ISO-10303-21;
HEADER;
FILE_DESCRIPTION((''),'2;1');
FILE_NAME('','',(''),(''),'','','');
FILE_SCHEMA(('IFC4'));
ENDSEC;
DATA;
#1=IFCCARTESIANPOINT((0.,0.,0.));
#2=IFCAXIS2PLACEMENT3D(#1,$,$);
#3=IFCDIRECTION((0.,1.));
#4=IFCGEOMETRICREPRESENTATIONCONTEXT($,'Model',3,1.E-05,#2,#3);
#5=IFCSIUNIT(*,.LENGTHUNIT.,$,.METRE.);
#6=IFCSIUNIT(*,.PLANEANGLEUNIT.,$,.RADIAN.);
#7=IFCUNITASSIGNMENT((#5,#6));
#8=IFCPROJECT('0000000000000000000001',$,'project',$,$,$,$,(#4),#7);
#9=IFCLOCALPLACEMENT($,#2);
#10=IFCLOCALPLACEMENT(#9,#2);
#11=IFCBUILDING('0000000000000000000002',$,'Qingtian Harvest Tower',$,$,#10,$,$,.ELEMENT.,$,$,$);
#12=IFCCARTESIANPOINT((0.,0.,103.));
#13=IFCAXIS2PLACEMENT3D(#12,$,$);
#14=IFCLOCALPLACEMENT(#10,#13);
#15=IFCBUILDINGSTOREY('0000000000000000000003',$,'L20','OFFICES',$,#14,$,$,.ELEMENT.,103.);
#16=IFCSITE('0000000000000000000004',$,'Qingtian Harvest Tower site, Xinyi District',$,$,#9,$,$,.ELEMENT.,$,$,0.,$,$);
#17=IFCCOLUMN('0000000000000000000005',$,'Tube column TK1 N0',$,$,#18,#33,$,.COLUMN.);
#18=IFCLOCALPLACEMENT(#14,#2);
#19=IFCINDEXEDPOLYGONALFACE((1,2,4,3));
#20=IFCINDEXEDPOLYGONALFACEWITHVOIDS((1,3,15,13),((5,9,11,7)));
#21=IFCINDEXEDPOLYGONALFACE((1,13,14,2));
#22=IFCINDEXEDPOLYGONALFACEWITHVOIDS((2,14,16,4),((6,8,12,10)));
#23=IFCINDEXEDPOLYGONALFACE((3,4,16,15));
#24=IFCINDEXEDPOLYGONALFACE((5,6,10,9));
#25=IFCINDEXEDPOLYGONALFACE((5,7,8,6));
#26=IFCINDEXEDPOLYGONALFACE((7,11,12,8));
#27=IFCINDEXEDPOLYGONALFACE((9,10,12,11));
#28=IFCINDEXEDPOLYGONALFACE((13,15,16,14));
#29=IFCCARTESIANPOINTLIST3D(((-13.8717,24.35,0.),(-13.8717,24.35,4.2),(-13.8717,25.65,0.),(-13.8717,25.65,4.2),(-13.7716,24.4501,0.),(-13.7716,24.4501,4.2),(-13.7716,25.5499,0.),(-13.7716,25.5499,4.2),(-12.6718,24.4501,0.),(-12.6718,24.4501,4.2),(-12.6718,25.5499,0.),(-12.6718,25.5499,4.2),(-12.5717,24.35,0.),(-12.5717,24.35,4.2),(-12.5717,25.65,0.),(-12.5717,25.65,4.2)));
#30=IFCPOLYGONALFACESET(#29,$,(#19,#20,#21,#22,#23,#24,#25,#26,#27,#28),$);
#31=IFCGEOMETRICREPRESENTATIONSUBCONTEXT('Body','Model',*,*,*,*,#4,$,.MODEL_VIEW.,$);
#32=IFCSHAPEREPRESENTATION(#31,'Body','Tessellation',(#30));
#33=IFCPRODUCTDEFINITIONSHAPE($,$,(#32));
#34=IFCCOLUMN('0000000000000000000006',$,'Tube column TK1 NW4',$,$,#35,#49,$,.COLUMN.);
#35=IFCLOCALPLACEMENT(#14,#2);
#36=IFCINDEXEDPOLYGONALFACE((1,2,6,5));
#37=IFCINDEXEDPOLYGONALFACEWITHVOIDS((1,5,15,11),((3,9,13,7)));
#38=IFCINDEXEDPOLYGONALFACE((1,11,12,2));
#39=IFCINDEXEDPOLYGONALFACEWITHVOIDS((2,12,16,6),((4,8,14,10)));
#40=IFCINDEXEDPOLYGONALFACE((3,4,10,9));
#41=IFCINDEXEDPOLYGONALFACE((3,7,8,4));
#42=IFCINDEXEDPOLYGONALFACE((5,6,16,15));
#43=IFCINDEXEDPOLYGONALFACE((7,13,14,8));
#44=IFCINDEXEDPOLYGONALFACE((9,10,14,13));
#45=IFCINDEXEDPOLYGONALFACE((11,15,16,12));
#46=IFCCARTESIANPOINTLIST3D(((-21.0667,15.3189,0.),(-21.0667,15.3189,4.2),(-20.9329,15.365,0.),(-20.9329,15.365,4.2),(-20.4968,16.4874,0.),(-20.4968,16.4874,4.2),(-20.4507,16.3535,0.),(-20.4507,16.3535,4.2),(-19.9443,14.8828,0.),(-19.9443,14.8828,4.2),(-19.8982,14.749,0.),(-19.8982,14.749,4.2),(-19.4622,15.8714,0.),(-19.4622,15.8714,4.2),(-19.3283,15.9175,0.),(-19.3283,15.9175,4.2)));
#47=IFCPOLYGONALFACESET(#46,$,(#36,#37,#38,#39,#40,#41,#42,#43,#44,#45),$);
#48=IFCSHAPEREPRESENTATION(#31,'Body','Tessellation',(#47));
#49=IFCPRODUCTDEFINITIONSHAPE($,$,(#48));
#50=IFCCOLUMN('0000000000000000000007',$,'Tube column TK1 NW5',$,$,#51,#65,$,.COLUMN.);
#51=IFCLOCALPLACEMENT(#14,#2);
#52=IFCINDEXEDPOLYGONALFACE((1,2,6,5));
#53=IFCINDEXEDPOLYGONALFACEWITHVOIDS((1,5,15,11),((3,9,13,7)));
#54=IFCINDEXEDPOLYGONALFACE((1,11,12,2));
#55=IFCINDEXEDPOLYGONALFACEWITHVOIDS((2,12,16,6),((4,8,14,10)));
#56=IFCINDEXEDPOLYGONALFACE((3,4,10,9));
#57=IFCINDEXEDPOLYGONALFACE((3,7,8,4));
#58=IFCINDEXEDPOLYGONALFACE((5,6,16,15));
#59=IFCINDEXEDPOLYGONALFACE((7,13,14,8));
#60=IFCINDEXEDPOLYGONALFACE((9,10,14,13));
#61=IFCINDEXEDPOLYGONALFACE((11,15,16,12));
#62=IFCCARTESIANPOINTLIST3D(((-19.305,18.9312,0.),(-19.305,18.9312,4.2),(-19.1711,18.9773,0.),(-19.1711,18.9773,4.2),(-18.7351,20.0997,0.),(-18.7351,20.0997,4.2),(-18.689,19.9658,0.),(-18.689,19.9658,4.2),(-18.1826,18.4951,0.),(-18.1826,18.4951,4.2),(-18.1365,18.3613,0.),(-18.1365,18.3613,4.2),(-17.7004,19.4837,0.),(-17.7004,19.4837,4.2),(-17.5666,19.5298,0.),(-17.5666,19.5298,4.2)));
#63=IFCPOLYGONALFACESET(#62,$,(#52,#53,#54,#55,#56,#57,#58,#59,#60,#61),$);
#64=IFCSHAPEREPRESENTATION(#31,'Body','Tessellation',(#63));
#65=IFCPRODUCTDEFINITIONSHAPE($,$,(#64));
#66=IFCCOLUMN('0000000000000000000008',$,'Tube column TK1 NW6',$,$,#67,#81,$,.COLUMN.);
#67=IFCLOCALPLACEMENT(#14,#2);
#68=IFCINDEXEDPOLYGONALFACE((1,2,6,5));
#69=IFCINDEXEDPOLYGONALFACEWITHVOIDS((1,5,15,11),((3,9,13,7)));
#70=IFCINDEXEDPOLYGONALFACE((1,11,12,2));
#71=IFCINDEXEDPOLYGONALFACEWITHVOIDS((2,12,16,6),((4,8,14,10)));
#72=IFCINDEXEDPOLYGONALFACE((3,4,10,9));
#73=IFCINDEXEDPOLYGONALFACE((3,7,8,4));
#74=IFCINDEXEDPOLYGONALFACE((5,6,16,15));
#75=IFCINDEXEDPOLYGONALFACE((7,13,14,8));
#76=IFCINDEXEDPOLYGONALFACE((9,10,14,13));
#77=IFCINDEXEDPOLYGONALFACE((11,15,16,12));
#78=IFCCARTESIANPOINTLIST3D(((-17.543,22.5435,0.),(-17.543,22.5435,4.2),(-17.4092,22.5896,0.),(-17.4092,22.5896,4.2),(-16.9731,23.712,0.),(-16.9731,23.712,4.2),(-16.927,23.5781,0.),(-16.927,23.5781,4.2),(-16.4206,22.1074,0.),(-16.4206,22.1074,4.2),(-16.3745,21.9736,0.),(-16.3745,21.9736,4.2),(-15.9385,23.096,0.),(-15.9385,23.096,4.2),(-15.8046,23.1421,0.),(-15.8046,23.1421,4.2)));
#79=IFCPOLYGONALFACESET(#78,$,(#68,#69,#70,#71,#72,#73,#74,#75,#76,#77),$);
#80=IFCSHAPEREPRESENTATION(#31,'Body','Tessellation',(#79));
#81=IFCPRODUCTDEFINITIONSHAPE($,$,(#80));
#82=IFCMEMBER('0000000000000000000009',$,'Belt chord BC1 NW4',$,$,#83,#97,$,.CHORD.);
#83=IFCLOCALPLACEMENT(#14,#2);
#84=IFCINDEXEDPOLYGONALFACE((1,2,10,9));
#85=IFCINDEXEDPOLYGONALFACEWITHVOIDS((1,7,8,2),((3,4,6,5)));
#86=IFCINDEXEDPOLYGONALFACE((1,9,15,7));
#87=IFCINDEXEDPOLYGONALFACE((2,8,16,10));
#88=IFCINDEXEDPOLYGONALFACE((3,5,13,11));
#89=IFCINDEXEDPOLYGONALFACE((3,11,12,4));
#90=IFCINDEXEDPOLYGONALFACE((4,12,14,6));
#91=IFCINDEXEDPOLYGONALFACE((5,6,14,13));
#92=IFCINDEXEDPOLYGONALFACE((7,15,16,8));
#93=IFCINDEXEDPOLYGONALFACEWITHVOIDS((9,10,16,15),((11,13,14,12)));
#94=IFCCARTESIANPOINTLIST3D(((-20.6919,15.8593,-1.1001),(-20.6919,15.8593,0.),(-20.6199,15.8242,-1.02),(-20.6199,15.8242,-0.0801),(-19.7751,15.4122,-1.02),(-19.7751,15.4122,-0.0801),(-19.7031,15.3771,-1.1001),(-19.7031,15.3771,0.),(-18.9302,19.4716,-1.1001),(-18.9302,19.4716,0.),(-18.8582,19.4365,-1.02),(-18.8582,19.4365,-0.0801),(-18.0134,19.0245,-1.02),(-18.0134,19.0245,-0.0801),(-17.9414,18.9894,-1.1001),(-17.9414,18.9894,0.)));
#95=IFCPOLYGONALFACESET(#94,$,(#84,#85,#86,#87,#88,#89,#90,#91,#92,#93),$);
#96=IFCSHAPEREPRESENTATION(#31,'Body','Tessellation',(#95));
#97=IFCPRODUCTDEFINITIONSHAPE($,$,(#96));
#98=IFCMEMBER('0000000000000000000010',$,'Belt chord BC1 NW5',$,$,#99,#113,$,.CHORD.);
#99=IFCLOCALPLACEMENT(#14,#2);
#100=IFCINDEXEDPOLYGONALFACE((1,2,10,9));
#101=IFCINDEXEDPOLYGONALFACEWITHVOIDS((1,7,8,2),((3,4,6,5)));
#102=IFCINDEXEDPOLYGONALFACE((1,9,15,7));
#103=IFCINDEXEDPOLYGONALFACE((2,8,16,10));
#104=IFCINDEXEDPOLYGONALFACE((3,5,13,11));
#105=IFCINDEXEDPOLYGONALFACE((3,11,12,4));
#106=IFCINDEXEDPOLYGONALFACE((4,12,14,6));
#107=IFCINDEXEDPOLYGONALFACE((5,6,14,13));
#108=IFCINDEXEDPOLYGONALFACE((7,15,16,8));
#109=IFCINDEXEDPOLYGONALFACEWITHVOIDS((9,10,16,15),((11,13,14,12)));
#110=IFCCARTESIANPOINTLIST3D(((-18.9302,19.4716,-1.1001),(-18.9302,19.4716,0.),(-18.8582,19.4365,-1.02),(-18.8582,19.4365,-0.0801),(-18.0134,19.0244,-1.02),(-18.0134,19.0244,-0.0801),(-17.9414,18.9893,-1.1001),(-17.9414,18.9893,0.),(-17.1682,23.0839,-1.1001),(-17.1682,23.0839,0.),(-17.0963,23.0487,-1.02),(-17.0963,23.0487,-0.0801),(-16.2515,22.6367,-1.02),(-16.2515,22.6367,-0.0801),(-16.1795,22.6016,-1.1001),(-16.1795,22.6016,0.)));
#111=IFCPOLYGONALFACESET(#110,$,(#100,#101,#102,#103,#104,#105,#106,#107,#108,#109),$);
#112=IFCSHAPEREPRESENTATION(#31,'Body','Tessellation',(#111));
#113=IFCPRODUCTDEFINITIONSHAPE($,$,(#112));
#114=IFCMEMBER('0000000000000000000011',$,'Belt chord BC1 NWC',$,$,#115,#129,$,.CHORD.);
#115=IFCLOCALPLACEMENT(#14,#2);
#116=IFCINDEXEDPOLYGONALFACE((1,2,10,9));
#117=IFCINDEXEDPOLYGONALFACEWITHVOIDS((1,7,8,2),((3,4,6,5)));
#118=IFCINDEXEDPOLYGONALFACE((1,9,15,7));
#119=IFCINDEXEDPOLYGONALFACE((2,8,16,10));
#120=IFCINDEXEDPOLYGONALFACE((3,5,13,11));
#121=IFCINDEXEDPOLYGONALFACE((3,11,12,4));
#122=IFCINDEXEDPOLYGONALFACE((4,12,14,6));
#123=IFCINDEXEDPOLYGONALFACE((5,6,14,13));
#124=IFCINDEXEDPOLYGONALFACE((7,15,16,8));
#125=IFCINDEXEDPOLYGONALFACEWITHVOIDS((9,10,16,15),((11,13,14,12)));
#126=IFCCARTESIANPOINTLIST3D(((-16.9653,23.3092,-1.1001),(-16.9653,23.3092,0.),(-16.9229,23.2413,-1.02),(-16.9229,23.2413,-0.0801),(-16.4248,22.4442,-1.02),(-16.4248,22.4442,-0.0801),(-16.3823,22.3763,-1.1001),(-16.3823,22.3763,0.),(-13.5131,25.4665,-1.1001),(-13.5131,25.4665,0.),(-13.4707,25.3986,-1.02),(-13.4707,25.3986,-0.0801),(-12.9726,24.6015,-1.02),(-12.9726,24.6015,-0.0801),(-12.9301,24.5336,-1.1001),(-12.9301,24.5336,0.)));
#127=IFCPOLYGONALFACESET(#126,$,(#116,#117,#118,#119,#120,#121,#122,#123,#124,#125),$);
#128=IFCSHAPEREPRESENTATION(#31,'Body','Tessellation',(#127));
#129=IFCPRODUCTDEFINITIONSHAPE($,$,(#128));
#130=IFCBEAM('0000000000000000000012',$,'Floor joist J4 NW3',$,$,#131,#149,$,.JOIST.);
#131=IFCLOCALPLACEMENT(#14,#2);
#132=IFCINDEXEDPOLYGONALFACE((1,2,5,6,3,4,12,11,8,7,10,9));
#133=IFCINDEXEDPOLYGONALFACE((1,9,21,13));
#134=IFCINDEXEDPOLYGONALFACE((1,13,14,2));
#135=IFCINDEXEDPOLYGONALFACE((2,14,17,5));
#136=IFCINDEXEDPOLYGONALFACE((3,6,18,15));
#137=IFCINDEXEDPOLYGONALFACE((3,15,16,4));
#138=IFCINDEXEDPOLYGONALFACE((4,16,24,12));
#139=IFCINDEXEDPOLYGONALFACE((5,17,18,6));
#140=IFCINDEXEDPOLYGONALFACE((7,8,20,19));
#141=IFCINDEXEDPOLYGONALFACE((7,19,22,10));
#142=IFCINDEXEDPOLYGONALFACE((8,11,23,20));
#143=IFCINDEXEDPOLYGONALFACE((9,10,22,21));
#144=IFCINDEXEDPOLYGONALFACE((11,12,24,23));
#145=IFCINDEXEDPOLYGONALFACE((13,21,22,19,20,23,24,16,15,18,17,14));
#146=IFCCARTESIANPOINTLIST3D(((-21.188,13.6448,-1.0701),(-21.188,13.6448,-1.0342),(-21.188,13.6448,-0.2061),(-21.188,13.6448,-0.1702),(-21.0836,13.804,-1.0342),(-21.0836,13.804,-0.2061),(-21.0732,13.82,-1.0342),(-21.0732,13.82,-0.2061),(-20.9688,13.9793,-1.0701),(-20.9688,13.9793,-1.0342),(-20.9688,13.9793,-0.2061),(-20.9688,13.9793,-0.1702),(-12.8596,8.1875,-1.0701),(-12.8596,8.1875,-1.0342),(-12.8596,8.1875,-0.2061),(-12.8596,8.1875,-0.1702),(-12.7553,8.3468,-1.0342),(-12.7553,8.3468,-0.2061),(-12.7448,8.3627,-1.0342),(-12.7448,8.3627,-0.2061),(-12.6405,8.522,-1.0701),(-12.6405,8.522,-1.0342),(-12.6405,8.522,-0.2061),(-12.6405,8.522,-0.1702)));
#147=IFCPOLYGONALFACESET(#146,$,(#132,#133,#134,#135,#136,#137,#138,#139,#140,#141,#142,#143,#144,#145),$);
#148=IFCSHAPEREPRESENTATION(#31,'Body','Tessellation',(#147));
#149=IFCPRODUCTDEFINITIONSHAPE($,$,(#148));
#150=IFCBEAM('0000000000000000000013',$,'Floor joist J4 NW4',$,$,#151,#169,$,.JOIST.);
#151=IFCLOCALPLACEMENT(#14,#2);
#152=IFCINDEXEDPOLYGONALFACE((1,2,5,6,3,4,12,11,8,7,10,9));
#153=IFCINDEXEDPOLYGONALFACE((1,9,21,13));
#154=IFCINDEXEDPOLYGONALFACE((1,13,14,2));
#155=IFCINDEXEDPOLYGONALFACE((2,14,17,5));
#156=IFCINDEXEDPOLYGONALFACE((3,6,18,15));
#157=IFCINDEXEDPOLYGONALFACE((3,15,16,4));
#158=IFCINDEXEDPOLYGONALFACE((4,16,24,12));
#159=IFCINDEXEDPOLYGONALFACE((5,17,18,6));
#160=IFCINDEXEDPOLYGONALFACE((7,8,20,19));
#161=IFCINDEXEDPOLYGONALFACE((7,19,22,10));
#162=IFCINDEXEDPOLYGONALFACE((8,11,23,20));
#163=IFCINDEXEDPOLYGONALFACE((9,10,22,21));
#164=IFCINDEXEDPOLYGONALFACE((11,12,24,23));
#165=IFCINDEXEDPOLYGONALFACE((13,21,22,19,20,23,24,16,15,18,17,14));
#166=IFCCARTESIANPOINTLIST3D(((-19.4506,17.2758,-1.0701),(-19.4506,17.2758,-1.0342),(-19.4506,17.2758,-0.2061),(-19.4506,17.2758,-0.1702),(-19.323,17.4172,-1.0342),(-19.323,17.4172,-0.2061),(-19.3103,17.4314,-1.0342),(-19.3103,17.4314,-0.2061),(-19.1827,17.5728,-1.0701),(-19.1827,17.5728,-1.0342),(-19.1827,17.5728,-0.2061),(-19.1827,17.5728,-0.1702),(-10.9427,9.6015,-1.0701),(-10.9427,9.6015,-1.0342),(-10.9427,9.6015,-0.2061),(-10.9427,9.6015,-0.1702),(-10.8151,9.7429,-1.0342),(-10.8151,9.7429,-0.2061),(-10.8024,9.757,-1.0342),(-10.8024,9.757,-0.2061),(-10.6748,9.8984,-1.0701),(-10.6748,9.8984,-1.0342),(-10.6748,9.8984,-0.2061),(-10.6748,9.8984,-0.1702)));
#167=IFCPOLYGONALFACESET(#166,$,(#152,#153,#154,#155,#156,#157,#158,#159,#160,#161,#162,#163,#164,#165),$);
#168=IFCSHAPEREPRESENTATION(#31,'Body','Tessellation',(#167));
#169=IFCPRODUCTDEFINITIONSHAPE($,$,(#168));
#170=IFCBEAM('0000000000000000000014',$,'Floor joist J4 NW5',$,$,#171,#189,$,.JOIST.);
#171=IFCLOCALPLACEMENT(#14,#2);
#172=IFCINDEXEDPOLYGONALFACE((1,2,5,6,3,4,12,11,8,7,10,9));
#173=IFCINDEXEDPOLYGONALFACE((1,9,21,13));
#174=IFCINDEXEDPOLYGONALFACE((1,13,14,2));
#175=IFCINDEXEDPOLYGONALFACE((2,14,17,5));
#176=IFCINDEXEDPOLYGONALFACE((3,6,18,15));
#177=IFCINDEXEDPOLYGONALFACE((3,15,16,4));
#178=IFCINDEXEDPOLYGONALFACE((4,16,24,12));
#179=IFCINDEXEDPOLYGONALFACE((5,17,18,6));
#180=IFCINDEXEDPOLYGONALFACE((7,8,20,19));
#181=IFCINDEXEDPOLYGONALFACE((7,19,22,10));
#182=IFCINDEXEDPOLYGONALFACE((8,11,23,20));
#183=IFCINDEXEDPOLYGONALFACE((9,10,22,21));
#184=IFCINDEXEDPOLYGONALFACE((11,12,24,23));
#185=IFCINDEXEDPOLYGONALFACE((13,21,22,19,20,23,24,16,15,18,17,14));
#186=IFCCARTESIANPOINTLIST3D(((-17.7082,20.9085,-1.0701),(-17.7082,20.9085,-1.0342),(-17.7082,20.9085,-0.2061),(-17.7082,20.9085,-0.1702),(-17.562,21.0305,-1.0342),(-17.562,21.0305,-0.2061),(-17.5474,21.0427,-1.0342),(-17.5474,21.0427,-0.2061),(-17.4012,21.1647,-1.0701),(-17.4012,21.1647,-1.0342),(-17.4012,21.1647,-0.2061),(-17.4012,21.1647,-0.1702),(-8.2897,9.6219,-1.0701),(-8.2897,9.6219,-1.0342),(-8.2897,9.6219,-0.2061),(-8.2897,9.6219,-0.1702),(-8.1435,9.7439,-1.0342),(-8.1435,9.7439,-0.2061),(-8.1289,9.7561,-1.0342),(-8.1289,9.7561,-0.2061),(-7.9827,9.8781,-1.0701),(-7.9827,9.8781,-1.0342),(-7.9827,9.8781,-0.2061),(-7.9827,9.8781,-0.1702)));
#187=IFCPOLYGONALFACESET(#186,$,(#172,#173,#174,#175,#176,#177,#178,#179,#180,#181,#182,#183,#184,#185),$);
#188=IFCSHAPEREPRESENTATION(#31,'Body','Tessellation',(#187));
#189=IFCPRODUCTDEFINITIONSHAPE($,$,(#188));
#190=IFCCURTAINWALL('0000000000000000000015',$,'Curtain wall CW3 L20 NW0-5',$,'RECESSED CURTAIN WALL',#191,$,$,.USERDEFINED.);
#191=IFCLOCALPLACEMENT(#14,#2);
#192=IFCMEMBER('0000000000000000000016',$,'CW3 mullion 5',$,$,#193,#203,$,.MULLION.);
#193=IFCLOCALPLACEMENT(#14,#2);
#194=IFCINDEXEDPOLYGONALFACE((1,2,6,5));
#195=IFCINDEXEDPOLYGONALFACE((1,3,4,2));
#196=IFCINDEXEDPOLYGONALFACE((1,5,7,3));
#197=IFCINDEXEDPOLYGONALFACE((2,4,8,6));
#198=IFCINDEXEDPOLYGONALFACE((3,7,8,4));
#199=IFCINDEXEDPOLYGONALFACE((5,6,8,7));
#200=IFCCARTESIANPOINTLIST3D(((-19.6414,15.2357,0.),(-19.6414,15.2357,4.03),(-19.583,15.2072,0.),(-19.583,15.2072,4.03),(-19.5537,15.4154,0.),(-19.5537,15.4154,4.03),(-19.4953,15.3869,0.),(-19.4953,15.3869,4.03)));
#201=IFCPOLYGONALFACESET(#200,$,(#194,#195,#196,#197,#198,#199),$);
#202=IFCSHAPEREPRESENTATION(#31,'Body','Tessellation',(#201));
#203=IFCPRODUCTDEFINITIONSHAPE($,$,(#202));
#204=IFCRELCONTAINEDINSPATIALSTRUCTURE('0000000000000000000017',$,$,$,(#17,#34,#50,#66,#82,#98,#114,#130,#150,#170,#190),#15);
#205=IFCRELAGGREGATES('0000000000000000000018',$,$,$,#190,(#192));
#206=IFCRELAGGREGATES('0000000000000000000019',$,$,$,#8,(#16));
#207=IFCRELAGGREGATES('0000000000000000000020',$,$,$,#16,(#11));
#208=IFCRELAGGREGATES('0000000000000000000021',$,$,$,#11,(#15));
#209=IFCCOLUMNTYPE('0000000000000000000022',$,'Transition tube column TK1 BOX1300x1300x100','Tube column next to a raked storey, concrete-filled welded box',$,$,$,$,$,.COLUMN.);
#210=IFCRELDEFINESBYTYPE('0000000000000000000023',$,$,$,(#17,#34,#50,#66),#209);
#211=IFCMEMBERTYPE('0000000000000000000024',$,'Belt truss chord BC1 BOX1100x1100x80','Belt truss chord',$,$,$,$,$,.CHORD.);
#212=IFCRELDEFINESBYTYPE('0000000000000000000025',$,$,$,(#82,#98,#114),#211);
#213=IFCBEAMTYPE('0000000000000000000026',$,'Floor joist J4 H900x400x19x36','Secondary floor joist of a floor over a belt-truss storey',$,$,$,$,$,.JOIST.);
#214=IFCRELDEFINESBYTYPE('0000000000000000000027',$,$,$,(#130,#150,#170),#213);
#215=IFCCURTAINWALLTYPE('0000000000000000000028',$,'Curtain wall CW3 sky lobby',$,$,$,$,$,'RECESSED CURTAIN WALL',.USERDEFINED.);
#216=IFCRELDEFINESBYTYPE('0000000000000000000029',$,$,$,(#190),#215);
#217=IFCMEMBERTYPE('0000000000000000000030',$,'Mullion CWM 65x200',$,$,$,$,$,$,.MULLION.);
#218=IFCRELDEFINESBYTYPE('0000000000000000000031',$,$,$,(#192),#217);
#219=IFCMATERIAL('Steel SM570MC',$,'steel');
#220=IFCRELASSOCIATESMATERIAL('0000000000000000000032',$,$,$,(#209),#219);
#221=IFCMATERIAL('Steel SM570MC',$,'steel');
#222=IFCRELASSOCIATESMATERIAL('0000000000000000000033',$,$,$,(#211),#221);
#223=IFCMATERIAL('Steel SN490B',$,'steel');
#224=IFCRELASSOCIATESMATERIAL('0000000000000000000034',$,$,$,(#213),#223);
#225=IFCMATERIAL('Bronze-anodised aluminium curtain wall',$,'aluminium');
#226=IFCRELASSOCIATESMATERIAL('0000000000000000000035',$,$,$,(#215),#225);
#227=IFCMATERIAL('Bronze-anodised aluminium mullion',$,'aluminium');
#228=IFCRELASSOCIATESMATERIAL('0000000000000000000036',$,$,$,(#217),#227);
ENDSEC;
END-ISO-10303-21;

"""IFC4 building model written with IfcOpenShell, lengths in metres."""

from ifc_helpers import new_model, si_unit, direction, frame, origin, origin_2d, place, context, subcontext, project, spatial, rectangle, hollow_rectangle, i_section, extrude, material, material_profile, profile_set, type_object, element, aggregate, save


model = new_model("IFC4")

# Units and contexts
model_context = context("Model", 3, precision=1e-05, world=origin(), true_north=direction((0.0, 1.0)))
body_context = subcontext(model_context, "Body", "Model", "MODEL_VIEW")
ifc_project = project(units=[si_unit("LENGTHUNIT", "METRE"), si_unit("PLANEANGLEUNIT", "RADIAN")], contexts=[model_context])

# Site, building, storey
site_placement = place(None, origin())
site = spatial("IfcSite", under=ifc_project, at=site_placement, Name="Qingtian Harvest Tower site, Xinyi District", CompositionType="ELEMENT", RefElevation=0.0)
building_placement = place(site_placement, origin())
building = spatial("IfcBuilding", under=site, at=building_placement, Name="Qingtian Harvest Tower", CompositionType="ELEMENT")
storey_placement = place(building_placement, frame((0.0, 0.0, 103.0)))
storey = spatial("IfcBuildingStorey", under=building, at=storey_placement, Name="L20", Description="OFFICES", CompositionType="ELEMENT", Elevation=103.0)

# Columns
ifc_material_1 = material(Name="Steel SM570MC", Category="steel")
ifc_material_profile_1 = material_profile(ifc_material_1, hollow_rectangle(XDim=1.3, YDim=1.3, WallThickness=0.1001, at=origin_2d()), Name="BOX1300x1300x100")
ifc_profile_set_1 = profile_set([ifc_material_profile_1], Name="Steel SM570MC")
column_type = type_object("IfcColumnType", Name="Transition tube column TK1 BOX1300x1300x100", Description="Tube column next to a raked storey, concrete-filled welded box", PredefinedType="COLUMN", material=ifc_profile_set_1)
for number, where, z_axis, x_axis, name in (
    (1, (-13.2217, 25.0, 0.0), (0.0, 0.0, 1.0), (-1.0, 0.0, 0.0), "Tube column TK1 N0"),
    (2, (-20.1975, 15.6182, 0.0), (0.0, 0.0, 1.0), (-0.438371, -0.898794, 0.0), "Tube column TK1 NW4"),
    (3, (-18.4358, 19.2305, 0.0), (0.0, 0.0, 1.0), (-0.438371, -0.898794, 0.0), "Tube column TK1 NW5"),
    (4, (-16.6738, 22.8428, 0.0), (0.0, 0.0, 1.0), (-0.438371, -0.898794, 0.0), "Tube column TK1 NW6"),
):
    element("IfcColumn", number, at=place(storey_placement, frame(where, z_axis=z_axis, x_axis=x_axis)), inside=storey, type_object=column_type, Name=name, PredefinedType="COLUMN", context=body_context, shape_type="SweptSolid", body=[
        extrude(hollow_rectangle(XDim=1.3, YDim=1.3, WallThickness=0.1001, at=origin_2d()), origin(), (0.0, 0.0, 1.0), 4.2),
    ])

# Members
ifc_material_2 = material(Name="Steel SM570MC", Category="steel")
ifc_material_profile_2 = material_profile(ifc_material_2, hollow_rectangle(XDim=1.1001, YDim=1.1001, WallThickness=0.0801, at=origin_2d()), Name="BOX1100x1100x80")
ifc_profile_set_2 = profile_set([ifc_material_profile_2], Name="Steel SM570MC")
member_type_1 = type_object("IfcMemberType", Name="Belt truss chord BC1 BOX1100x1100x80", Description="Belt truss chord", PredefinedType="CHORD", material=ifc_profile_set_2)
for number, where, z_axis, x_axis, name in (
    (5, (-20.1975, 15.6182, -0.55), (0.438347, 0.898806, 0.0), (-0.898806, 0.438347, 0.0), "Belt chord BC1 NW4"),
    (6, (-18.4358, 19.2305, -0.55), (0.438396, 0.898782, 0.0), (-0.898782, 0.438396, 0.0), "Belt chord BC1 NW5"),
):
    element("IfcMember", number, at=place(storey_placement, frame(where, z_axis=z_axis, x_axis=x_axis)), inside=storey, type_object=member_type_1, Name=name, PredefinedType="CHORD", context=body_context, shape_type="SweptSolid", body=[
        extrude(hollow_rectangle(XDim=1.1001, YDim=1.1001, WallThickness=0.0801, at=origin_2d()), origin(), (0.0, 0.0, 1.0), 4.019),
    ])
member_1_placement = place(storey_placement, frame((-16.6738, 22.8428, -0.55), z_axis=(0.848039, 0.529934, 0.0), x_axis=(-0.529934, 0.848039, 0.0)))
element("IfcMember", 7, at=member_1_placement, inside=storey, type_object=member_type_1, Name="Belt chord BC1 NWC", PredefinedType="CHORD", context=body_context, shape_type="SweptSolid", body=[
    extrude(hollow_rectangle(XDim=1.1001, YDim=1.1001, WallThickness=0.0801, at=origin_2d()), origin(), (0.0, 0.0, 1.0), 4.0708),
])

# Beams
ifc_material_3 = material(Name="Steel SN490B", Category="steel")
ifc_material_profile_3 = material_profile(ifc_material_3, i_section(OverallWidth=0.3999, OverallDepth=0.8999, WebThickness=0.019, FlangeThickness=0.0359, at=origin_2d()), Name="H900x400x19x36")
ifc_profile_set_3 = profile_set([ifc_material_profile_3], Name="Steel SN490B")
beam_type_1 = type_object("IfcBeamType", Name="Floor joist J4 H900x400x19x36", Description="Secondary floor joist of a floor over a belt-truss storey", PredefinedType="JOIST", material=ifc_profile_set_3)
beam_1_placement = place(storey_placement, frame((-21.0784, 13.812, -0.6201), z_axis=(0.836426, -0.548079, 0.0), x_axis=(0.548079, 0.836426, 0.0)))
element("IfcBeam", 8, at=beam_1_placement, inside=storey, type_object=beam_type_1, Name="Floor joist J4 NW3", PredefinedType="JOIST", context=body_context, shape_type="SweptSolid", body=[
    extrude(i_section(OverallWidth=0.3999, OverallDepth=0.8999, WebThickness=0.019, FlangeThickness=0.0359, at=origin_2d()), origin(), (0.0, 0.0, 1.0), 9.957),
])
beam_2_placement = place(storey_placement, frame((-19.3167, 17.4243, -0.6201), z_axis=(0.742544, -0.669798, 0.0), x_axis=(0.669798, 0.742544, 0.0)))
element("IfcBeam", 9, at=beam_2_placement, inside=storey, type_object=beam_type_1, Name="Floor joist J4 NW4", PredefinedType="JOIST", context=body_context, shape_type="SweptSolid", body=[
    extrude(i_section(OverallWidth=0.3999, OverallDepth=0.8999, WebThickness=0.019, FlangeThickness=0.0359, at=origin_2d()), origin(), (0.0, 0.0, 1.0), 11.4578),
])
beam_3_placement = place(storey_placement, frame((-17.5547, 21.0366, -0.6201), z_axis=(0.640704, -0.767788, 0.0), x_axis=(0.767788, 0.640704, 0.0)))
element("IfcBeam", 10, at=beam_3_placement, inside=storey, type_object=beam_type_1, Name="Floor joist J4 NW5", PredefinedType="JOIST", context=body_context, shape_type="SweptSolid", body=[
    extrude(i_section(OverallWidth=0.3999, OverallDepth=0.8999, WebThickness=0.019, FlangeThickness=0.0359, at=origin_2d()), origin(), (0.0, 0.0, 1.0), 14.7002),
])

# Curtain wall, member
ifc_material_4 = material(Name="Bronze-anodised aluminium curtain wall", Category="aluminium")
curtain_wall_type = type_object("IfcCurtainWallType", Name="Curtain wall CW3 sky lobby", ElementType="RECESSED CURTAIN WALL", PredefinedType="USERDEFINED", material=ifc_material_4)
curtain_wall_1_placement = place(storey_placement, origin())
curtain_wall_1 = element("IfcCurtainWall", 11, at=curtain_wall_1_placement, inside=storey, type_object=curtain_wall_type, Name="Curtain wall CW3 L20 NW0-5", ObjectType="RECESSED CURTAIN WALL", PredefinedType="USERDEFINED")
ifc_material_5 = material(Name="Bronze-anodised aluminium mullion", Category="aluminium")
ifc_material_profile_4 = material_profile(ifc_material_5, rectangle(XDim=0.0649, YDim=0.2, at=origin_2d()), Name="AL 65x200")
ifc_profile_set_4 = profile_set([ifc_material_profile_4], Name="Bronze-anodised aluminium mullion")
member_type_2 = type_object("IfcMemberType", Name="Mullion CWM 65x200", PredefinedType="MULLION", material=ifc_profile_set_4)
member_2_placement = place(storey_placement, frame((-19.5684, 15.3113, 0.0), z_axis=(0.0, 0.0, 1.0), x_axis=(-0.898794, 0.438371, 0.0)))
member_2 = element("IfcMember", 12, at=member_2_placement, type_object=member_type_2, Name="CW3 mullion 5", PredefinedType="MULLION", context=body_context, shape_type="SweptSolid", body=[
    extrude(rectangle(XDim=0.0649, YDim=0.2, at=origin_2d()), origin(), (0.0, 0.0, 1.0), 4.03),
])

aggregate(curtain_wall_1, [member_2])

save(model, "model.ifc")
